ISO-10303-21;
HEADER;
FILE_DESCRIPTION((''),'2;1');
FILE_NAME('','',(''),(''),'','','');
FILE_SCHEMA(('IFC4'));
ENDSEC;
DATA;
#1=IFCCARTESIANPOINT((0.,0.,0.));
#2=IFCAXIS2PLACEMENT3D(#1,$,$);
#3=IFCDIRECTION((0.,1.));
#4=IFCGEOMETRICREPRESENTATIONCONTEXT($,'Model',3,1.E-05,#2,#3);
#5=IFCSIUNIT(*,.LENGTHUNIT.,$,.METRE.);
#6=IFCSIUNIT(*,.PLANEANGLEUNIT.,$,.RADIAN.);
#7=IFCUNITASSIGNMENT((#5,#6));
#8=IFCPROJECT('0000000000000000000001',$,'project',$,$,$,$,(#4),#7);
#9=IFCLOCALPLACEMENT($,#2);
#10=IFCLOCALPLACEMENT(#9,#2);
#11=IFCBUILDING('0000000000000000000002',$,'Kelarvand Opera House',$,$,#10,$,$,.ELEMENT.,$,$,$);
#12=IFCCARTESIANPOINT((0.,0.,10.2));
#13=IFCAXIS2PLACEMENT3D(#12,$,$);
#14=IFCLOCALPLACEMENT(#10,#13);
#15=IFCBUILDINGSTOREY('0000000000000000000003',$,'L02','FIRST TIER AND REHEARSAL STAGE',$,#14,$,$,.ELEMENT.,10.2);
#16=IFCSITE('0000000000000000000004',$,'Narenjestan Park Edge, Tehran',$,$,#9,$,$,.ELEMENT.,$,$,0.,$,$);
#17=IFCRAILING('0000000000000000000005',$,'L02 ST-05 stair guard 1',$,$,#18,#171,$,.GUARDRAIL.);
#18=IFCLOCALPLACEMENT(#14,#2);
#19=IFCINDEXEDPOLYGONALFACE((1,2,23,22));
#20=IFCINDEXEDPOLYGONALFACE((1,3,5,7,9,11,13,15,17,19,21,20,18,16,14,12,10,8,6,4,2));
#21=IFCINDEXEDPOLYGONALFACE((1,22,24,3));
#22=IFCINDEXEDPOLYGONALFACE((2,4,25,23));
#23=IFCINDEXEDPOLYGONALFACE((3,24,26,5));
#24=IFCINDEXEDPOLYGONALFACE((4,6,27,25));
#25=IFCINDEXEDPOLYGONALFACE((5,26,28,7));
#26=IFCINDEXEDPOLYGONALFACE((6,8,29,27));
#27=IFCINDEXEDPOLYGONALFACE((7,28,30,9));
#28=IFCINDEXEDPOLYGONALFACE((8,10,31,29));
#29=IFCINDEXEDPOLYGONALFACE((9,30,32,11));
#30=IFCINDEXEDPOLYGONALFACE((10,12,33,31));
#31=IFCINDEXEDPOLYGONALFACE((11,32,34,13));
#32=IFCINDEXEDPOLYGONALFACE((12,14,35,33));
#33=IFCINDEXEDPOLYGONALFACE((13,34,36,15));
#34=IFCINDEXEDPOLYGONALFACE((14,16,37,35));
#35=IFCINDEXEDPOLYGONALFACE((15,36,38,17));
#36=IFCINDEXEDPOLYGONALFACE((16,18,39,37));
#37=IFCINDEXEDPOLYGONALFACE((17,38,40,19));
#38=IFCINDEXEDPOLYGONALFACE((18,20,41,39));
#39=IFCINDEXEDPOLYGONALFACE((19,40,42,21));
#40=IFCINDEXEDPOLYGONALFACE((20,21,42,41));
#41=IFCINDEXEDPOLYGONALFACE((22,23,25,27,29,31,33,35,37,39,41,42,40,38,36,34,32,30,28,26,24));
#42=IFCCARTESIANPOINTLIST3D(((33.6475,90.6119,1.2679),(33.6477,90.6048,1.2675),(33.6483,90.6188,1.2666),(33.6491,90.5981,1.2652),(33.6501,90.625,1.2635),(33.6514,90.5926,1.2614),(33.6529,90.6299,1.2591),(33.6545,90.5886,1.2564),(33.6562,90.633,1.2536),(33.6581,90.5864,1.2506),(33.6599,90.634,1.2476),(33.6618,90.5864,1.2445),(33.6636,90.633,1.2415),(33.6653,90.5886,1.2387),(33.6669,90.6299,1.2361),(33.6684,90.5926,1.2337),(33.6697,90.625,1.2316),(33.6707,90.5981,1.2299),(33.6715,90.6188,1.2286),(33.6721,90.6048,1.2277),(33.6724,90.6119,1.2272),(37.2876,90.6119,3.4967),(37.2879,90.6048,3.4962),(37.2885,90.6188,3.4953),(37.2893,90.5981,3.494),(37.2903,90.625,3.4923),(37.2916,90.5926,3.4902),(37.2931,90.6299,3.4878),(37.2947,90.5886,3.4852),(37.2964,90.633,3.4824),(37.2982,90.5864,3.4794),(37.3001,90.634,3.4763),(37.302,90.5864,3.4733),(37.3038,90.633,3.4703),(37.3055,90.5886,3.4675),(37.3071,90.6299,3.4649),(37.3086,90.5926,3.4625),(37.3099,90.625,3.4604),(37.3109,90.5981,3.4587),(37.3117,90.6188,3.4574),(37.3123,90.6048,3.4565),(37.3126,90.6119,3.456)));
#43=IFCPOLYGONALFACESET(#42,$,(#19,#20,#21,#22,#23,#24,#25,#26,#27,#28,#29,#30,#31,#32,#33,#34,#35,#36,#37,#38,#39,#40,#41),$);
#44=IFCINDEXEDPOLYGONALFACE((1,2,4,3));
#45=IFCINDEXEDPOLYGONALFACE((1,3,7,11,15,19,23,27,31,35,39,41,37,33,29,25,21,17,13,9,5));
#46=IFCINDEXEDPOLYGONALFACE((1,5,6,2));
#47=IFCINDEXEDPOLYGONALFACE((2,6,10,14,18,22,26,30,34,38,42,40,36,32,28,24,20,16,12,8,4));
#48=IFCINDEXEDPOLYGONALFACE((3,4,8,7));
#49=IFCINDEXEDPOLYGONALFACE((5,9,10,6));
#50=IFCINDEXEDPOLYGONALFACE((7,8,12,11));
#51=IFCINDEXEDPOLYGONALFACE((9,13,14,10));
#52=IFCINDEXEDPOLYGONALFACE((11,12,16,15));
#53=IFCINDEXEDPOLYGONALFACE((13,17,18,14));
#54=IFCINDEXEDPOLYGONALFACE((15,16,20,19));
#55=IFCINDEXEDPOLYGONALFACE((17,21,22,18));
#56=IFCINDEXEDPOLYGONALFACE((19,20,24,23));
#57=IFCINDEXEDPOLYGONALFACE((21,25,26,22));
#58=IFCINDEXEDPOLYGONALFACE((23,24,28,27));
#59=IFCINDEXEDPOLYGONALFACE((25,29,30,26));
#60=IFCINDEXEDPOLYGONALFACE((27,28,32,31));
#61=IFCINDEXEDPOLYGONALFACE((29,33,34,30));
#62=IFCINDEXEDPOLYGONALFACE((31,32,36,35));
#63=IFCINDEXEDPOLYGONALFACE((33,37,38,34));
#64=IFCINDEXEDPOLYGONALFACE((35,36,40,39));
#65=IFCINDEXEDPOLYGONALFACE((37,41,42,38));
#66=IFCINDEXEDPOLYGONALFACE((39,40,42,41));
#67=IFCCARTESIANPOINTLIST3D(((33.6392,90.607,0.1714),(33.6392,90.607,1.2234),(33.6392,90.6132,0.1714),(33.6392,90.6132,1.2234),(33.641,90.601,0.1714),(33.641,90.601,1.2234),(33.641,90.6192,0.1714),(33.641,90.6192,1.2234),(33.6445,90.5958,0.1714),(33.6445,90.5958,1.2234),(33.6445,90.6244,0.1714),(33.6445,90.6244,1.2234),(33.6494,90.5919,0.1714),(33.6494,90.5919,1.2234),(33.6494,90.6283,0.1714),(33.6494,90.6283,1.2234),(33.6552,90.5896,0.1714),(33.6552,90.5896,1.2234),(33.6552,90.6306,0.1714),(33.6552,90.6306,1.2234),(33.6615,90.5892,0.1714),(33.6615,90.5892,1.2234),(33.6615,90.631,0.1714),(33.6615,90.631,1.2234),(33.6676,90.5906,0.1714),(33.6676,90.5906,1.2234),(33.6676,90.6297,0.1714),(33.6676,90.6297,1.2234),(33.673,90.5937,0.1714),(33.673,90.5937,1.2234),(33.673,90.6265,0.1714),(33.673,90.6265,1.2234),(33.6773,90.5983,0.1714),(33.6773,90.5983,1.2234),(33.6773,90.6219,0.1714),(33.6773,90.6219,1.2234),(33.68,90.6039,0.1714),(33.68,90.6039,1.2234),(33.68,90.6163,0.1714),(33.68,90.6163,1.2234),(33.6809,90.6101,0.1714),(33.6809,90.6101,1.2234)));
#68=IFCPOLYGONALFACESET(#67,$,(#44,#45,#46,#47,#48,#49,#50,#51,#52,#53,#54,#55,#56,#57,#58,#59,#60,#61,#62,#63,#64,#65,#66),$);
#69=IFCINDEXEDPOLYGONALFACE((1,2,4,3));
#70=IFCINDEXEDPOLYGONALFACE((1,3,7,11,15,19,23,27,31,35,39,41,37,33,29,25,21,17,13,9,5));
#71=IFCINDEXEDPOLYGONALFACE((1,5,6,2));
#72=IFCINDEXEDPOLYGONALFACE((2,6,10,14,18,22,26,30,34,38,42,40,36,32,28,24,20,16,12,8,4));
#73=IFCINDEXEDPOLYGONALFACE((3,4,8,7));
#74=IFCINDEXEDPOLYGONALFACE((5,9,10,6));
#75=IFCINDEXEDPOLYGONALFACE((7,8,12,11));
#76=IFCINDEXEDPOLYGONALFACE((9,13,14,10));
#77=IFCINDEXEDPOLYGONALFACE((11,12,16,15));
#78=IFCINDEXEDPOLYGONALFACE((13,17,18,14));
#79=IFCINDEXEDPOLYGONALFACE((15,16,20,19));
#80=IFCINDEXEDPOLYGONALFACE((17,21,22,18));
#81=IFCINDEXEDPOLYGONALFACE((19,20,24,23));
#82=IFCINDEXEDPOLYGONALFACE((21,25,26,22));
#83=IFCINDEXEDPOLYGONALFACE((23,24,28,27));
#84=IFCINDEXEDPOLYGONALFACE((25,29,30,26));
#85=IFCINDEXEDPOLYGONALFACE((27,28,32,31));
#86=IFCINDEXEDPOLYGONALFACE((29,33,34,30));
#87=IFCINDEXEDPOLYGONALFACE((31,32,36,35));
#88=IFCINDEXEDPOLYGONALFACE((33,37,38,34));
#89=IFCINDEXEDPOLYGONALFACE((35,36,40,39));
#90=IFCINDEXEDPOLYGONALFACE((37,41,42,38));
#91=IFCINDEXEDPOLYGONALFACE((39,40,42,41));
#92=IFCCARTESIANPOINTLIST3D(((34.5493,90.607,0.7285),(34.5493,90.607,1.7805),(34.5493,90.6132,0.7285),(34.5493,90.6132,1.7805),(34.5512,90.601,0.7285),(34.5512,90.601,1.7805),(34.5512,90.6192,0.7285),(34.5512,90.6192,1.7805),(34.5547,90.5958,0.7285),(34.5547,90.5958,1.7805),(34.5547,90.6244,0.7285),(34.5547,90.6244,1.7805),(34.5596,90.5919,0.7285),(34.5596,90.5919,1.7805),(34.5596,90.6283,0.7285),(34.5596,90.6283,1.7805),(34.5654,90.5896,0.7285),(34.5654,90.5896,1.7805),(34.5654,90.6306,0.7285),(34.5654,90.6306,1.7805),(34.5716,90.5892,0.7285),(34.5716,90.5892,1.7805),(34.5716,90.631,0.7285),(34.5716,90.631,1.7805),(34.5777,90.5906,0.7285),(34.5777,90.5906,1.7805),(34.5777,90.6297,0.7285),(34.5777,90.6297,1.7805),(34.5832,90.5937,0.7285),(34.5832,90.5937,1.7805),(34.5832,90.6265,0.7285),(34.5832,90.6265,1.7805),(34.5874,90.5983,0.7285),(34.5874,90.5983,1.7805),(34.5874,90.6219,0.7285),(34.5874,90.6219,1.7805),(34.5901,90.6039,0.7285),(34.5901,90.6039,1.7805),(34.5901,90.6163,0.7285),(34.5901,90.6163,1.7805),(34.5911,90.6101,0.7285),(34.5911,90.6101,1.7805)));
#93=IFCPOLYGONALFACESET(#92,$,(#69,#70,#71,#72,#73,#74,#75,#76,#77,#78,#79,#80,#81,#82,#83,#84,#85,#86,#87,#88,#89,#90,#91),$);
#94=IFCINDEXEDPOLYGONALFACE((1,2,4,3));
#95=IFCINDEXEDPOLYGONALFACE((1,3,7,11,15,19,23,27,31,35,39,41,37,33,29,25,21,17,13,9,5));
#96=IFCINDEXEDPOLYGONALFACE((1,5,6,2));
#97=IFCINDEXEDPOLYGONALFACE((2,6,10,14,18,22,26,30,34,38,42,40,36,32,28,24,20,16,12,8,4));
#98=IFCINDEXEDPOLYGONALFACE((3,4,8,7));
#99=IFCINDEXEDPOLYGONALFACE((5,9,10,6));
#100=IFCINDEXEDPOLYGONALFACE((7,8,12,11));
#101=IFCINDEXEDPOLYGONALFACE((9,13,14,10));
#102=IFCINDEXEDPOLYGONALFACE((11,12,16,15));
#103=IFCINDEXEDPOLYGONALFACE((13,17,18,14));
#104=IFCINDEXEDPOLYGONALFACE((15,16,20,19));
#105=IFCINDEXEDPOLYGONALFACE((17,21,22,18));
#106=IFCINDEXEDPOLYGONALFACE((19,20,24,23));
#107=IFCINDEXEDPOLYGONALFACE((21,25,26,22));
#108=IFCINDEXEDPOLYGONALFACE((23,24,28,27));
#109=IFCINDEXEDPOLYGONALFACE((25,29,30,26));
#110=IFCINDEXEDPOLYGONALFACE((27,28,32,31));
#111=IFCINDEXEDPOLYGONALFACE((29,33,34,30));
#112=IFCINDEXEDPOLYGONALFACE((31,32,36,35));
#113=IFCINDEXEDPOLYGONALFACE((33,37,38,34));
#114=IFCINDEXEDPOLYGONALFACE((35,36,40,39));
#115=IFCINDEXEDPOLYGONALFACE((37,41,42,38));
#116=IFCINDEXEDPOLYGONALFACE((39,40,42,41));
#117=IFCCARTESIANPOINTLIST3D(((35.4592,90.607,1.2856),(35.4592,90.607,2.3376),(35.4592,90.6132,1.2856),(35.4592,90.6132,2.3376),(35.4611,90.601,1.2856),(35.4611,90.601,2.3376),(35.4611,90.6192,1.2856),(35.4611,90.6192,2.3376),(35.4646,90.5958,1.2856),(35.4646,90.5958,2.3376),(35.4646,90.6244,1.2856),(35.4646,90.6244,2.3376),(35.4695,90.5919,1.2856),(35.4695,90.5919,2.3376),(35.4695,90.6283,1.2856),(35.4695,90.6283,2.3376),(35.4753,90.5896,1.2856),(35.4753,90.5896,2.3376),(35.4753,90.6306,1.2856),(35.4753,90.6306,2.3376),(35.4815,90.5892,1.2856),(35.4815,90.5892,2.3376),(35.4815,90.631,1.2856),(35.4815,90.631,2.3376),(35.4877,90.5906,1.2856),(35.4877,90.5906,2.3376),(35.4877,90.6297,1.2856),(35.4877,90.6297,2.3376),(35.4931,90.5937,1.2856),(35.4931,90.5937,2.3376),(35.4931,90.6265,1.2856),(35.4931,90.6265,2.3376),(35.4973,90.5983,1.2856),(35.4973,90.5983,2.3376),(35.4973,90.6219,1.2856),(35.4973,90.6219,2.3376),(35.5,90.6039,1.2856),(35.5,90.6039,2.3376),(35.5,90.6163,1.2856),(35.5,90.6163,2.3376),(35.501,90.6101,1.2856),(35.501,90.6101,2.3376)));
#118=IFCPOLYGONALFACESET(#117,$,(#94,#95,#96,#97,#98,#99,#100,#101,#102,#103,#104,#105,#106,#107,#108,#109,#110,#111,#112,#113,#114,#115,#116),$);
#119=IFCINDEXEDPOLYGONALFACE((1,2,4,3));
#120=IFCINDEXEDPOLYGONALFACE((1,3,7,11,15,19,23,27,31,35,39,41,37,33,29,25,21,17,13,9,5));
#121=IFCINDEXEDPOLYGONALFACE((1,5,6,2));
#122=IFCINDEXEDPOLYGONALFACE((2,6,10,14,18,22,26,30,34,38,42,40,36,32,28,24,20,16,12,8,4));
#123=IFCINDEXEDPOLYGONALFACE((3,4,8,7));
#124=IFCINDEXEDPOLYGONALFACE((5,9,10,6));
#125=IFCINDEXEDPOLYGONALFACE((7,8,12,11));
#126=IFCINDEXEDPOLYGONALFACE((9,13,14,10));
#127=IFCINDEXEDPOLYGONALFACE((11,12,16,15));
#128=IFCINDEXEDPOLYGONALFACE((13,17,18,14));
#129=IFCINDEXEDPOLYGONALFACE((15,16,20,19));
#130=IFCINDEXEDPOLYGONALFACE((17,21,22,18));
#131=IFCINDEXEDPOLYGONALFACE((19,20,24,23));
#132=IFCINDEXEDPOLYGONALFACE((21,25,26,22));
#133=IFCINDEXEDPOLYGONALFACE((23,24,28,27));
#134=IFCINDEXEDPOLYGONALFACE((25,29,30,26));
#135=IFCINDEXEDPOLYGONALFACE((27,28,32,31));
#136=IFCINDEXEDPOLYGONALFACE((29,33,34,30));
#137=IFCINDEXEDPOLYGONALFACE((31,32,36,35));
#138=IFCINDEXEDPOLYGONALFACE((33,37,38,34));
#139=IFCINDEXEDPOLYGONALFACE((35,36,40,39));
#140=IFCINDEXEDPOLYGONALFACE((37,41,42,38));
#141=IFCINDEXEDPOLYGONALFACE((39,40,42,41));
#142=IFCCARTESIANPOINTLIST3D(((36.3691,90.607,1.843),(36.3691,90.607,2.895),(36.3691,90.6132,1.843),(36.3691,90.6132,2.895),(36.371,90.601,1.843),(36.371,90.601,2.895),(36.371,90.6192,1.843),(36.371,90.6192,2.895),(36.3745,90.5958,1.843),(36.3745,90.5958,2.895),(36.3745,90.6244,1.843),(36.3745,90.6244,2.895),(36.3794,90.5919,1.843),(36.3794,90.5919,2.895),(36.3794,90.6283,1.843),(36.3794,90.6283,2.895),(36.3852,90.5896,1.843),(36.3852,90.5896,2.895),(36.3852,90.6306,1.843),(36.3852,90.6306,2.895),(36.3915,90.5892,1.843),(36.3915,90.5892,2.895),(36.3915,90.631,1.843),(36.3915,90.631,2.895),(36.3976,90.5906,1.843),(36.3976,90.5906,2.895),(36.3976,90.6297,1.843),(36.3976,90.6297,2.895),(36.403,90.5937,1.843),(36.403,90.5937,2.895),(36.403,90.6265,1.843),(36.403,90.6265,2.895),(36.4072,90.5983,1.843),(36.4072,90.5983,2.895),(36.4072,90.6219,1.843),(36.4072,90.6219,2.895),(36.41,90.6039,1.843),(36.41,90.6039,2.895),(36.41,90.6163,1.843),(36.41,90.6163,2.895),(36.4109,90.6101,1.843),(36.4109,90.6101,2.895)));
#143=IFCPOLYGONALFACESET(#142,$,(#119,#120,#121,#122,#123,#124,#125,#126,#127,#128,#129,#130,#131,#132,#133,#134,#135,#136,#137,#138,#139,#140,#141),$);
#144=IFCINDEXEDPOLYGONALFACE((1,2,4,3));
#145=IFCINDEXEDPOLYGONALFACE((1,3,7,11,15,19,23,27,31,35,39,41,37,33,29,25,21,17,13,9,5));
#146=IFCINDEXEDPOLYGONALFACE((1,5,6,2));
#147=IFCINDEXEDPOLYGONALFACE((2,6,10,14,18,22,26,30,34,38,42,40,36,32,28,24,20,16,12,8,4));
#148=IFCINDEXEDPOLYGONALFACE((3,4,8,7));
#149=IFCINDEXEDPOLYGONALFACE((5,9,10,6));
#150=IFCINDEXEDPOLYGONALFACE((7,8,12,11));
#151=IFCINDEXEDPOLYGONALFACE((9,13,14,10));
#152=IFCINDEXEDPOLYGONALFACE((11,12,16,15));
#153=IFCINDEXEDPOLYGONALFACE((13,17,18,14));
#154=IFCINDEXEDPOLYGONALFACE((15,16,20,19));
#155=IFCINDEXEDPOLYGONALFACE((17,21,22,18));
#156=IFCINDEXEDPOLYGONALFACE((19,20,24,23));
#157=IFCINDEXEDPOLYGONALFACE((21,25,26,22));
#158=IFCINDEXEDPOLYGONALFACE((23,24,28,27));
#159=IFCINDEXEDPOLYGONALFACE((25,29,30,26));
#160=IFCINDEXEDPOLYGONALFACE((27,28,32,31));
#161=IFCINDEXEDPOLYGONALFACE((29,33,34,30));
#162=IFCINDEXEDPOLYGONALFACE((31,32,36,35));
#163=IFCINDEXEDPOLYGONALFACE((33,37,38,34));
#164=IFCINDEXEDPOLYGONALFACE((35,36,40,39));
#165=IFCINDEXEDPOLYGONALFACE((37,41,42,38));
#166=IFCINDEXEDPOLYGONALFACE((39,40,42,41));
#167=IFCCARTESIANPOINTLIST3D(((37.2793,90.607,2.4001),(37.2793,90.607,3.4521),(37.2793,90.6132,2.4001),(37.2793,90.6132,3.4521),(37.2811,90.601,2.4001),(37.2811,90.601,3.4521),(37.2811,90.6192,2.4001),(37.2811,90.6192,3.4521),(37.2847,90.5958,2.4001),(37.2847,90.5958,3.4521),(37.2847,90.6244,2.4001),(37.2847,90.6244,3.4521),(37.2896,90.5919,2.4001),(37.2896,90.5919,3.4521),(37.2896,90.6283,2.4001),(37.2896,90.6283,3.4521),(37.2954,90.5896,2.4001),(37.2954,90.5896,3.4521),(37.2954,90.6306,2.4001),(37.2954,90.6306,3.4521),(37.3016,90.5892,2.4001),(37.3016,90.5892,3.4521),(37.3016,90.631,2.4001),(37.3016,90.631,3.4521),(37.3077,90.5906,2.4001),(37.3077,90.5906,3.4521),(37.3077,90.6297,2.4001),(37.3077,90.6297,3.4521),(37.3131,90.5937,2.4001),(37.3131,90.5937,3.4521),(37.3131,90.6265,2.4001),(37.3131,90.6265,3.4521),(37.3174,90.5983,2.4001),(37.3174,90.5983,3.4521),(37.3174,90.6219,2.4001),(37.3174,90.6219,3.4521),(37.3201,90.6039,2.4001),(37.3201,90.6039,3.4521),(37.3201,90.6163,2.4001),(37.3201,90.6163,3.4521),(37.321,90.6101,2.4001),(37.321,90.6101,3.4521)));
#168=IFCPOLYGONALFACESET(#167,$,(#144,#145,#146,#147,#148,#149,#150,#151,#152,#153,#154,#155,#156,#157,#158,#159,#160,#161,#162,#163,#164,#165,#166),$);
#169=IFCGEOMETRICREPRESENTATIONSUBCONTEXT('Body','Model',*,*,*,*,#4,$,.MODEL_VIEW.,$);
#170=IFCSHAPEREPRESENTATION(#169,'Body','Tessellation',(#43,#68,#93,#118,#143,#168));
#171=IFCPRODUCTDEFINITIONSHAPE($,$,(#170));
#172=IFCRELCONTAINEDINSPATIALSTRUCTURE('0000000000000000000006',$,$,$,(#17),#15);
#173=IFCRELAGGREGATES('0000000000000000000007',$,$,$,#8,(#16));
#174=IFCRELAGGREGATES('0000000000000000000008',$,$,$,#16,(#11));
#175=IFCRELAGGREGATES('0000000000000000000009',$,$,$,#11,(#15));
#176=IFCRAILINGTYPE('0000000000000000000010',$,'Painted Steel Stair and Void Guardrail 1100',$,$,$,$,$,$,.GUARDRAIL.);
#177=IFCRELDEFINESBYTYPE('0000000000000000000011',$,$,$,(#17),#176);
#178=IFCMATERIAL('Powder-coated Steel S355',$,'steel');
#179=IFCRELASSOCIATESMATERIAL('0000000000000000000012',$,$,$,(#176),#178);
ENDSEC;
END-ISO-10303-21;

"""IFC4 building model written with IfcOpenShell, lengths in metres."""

from ifc_helpers import new_model, si_unit, direction, frame, origin, origin_2d, place, context, subcontext, project, spatial, circle, extrude, material, type_object, element, save


model = new_model("IFC4")

# Units and contexts
model_context = context("Model", 3, precision=1e-05, world=origin(), true_north=direction((0.0, 1.0)))
body_context = subcontext(model_context, "Body", "Model", "MODEL_VIEW")
ifc_project = project(units=[si_unit("LENGTHUNIT", "METRE"), si_unit("PLANEANGLEUNIT", "RADIAN")], contexts=[model_context])

# Site, building, storey
site_placement = place(None, origin())
site = spatial("IfcSite", under=ifc_project, at=site_placement, Name="Narenjestan Park Edge, Tehran", CompositionType="ELEMENT", RefElevation=0.0)
building_placement = place(site_placement, origin())
building = spatial("IfcBuilding", under=site, at=building_placement, Name="Kelarvand Opera House", CompositionType="ELEMENT")
storey_placement = place(building_placement, frame((0.0, 0.0, 10.2)))
storey = spatial("IfcBuildingStorey", under=building, at=storey_placement, Name="L02", Description="FIRST TIER AND REHEARSAL STAGE", CompositionType="ELEMENT", Elevation=10.2)

# Railing
ifc_material_1 = material(Name="Powder-coated Steel S355", Category="steel")
railing_type_1 = type_object("IfcRailingType", Name="Painted Steel Stair and Void Guardrail 1100", PredefinedType="GUARDRAIL", material=ifc_material_1)
railing_1_placement = place(storey_placement, frame((33.6599, 90.6101, 0.1714)))
element("IfcRailing", 1, at=railing_1_placement, inside=storey, type_object=railing_type_1, Name="L02 ST-05 stair guard 1", PredefinedType="GUARDRAIL", context=body_context, shape_type="SweptSolid", body=[
    extrude(circle(Radius=0.0239, at=origin_2d()), frame((0.0, 0.0, 1.0762), z_axis=(0.85284, 0.0, 0.522172), x_axis=(0.0, 1.0, 0.0)), (0.0, 0.0, 1.0), 4.2683),
    extrude(circle(Radius=0.021, at=origin_2d()), origin(), (0.0, 0.0, 1.0), 1.052),
    extrude(circle(Radius=0.021, at=origin_2d()), frame((0.9102, 0.0, 0.5571)), (0.0, 0.0, 1.0), 1.052),
    extrude(circle(Radius=0.021, at=origin_2d()), frame((1.8201, 0.0, 1.1143)), (0.0, 0.0, 1.0), 1.052),
    extrude(circle(Radius=0.021, at=origin_2d()), frame((2.73, 0.0, 1.6716)), (0.0, 0.0, 1.0), 1.052),
    extrude(circle(Radius=0.021, at=origin_2d()), frame((3.6401, 0.0, 2.2288)), (0.0, 0.0, 1.0), 1.052),
])

save(model, "model.ifc")
